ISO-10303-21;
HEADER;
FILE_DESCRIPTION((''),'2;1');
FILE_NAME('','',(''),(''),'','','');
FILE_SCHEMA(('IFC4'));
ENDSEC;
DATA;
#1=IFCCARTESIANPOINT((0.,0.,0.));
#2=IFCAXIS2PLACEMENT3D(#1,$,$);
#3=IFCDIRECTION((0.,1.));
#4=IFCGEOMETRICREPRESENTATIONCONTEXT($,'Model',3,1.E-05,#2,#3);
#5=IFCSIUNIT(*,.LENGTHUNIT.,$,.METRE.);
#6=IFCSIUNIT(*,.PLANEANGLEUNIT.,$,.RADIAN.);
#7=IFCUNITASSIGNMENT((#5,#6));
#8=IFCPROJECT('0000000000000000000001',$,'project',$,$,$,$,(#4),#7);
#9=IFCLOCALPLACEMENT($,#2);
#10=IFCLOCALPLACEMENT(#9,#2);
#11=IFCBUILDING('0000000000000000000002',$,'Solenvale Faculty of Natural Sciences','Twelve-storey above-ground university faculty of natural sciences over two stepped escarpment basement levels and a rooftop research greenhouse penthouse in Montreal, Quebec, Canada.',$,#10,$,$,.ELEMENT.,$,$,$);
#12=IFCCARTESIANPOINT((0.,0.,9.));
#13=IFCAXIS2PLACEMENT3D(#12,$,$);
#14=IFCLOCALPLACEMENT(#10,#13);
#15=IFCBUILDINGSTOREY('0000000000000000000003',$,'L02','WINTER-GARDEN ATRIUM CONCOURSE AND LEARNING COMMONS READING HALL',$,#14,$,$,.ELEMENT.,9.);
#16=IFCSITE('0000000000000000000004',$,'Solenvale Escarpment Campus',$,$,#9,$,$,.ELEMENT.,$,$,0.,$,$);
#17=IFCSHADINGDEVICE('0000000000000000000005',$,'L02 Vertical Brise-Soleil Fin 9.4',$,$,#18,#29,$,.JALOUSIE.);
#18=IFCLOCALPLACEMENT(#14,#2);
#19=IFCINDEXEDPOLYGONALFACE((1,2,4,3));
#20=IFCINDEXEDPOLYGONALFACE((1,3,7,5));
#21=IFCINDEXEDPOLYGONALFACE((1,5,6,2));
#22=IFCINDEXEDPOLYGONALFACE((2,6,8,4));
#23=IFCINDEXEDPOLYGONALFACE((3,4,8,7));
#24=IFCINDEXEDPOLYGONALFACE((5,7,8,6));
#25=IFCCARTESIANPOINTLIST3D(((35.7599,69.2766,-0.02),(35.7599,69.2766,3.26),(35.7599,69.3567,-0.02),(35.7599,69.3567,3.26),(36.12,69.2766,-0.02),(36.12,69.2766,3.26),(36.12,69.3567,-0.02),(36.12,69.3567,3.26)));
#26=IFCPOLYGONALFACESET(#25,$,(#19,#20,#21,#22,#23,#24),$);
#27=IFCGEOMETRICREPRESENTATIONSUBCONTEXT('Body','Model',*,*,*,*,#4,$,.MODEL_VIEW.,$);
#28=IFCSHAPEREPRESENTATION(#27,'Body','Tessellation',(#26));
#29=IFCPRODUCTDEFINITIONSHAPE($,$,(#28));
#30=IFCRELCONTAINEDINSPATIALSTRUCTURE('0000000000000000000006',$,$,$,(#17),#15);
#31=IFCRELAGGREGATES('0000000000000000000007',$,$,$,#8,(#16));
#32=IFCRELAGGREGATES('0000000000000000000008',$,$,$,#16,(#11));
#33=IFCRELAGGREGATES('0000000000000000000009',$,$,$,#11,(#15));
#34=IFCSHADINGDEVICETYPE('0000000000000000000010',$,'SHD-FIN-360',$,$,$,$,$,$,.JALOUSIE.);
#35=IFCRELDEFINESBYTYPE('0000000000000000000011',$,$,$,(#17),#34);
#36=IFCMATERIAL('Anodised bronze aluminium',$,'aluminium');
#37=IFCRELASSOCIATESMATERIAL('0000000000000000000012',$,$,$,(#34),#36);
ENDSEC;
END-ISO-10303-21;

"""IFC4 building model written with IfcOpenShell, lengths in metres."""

from ifc_helpers import new_model, si_unit, direction, frame, origin, origin_2d, place, context, subcontext, project, spatial, rectangle, extrude, material, material_profile, profile_set, type_object, element, save


model = new_model("IFC4")

# Units and contexts
model_context = context("Model", 3, precision=1e-05, world=origin(), true_north=direction((0.0, 1.0)))
body_context = subcontext(model_context, "Body", "Model", "MODEL_VIEW")
ifc_project = project(units=[si_unit("LENGTHUNIT", "METRE"), si_unit("PLANEANGLEUNIT", "RADIAN")], contexts=[model_context])

# Site, building, storey
site_placement = place(None, origin())
site = spatial("IfcSite", under=ifc_project, at=site_placement, Name="Solenvale Escarpment Campus", CompositionType="ELEMENT", RefElevation=0.0)
building_placement = place(site_placement, origin())
building = spatial("IfcBuilding", under=site, at=building_placement, Name="Solenvale Faculty of Natural Sciences", Description="Twelve-storey above-ground university faculty of natural sciences over two stepped escarpment basement levels and a rooftop research greenhouse penthouse in Montreal, Quebec, Canada.", CompositionType="ELEMENT")
storey_placement = place(building_placement, frame((0.0, 0.0, 9.0)))
storey = spatial("IfcBuildingStorey", under=building, at=storey_placement, Name="L02", Description="WINTER-GARDEN ATRIUM CONCOURSE AND LEARNING COMMONS READING HALL", CompositionType="ELEMENT", Elevation=9.0)

# Shared definitions
ifc_material_1 = material(Name="Anodised bronze aluminium", Category="aluminium")

# Shading device
ifc_material_profile_1 = material_profile(ifc_material_1, rectangle(XDim=0.0801, YDim=0.3601, at=origin_2d()), Name="ALU-FIN-80x360")
ifc_profile_set_1 = profile_set([ifc_material_profile_1], Name="Anodised bronze aluminium")
shading_device_type = type_object("IfcShadingDeviceType", Name="SHD-FIN-360", PredefinedType="JALOUSIE", material=ifc_profile_set_1)
shading_device_placement = place(storey_placement, frame((35.9399, 69.3167, -0.02), z_axis=(0.0, 0.0, 1.0), x_axis=(0.0, 1.0, 0.0)))
element("IfcShadingDevice", 1, at=shading_device_placement, inside=storey, type_object=shading_device_type, Name="L02 Vertical Brise-Soleil Fin 9.4", PredefinedType="JALOUSIE", context=body_context, shape_type="SweptSolid", body=[
    extrude(rectangle(XDim=0.0801, YDim=0.3601, at=origin_2d()), origin(), (0.0, 0.0, 1.0), 3.28),
])

save(model, "model.ifc")
